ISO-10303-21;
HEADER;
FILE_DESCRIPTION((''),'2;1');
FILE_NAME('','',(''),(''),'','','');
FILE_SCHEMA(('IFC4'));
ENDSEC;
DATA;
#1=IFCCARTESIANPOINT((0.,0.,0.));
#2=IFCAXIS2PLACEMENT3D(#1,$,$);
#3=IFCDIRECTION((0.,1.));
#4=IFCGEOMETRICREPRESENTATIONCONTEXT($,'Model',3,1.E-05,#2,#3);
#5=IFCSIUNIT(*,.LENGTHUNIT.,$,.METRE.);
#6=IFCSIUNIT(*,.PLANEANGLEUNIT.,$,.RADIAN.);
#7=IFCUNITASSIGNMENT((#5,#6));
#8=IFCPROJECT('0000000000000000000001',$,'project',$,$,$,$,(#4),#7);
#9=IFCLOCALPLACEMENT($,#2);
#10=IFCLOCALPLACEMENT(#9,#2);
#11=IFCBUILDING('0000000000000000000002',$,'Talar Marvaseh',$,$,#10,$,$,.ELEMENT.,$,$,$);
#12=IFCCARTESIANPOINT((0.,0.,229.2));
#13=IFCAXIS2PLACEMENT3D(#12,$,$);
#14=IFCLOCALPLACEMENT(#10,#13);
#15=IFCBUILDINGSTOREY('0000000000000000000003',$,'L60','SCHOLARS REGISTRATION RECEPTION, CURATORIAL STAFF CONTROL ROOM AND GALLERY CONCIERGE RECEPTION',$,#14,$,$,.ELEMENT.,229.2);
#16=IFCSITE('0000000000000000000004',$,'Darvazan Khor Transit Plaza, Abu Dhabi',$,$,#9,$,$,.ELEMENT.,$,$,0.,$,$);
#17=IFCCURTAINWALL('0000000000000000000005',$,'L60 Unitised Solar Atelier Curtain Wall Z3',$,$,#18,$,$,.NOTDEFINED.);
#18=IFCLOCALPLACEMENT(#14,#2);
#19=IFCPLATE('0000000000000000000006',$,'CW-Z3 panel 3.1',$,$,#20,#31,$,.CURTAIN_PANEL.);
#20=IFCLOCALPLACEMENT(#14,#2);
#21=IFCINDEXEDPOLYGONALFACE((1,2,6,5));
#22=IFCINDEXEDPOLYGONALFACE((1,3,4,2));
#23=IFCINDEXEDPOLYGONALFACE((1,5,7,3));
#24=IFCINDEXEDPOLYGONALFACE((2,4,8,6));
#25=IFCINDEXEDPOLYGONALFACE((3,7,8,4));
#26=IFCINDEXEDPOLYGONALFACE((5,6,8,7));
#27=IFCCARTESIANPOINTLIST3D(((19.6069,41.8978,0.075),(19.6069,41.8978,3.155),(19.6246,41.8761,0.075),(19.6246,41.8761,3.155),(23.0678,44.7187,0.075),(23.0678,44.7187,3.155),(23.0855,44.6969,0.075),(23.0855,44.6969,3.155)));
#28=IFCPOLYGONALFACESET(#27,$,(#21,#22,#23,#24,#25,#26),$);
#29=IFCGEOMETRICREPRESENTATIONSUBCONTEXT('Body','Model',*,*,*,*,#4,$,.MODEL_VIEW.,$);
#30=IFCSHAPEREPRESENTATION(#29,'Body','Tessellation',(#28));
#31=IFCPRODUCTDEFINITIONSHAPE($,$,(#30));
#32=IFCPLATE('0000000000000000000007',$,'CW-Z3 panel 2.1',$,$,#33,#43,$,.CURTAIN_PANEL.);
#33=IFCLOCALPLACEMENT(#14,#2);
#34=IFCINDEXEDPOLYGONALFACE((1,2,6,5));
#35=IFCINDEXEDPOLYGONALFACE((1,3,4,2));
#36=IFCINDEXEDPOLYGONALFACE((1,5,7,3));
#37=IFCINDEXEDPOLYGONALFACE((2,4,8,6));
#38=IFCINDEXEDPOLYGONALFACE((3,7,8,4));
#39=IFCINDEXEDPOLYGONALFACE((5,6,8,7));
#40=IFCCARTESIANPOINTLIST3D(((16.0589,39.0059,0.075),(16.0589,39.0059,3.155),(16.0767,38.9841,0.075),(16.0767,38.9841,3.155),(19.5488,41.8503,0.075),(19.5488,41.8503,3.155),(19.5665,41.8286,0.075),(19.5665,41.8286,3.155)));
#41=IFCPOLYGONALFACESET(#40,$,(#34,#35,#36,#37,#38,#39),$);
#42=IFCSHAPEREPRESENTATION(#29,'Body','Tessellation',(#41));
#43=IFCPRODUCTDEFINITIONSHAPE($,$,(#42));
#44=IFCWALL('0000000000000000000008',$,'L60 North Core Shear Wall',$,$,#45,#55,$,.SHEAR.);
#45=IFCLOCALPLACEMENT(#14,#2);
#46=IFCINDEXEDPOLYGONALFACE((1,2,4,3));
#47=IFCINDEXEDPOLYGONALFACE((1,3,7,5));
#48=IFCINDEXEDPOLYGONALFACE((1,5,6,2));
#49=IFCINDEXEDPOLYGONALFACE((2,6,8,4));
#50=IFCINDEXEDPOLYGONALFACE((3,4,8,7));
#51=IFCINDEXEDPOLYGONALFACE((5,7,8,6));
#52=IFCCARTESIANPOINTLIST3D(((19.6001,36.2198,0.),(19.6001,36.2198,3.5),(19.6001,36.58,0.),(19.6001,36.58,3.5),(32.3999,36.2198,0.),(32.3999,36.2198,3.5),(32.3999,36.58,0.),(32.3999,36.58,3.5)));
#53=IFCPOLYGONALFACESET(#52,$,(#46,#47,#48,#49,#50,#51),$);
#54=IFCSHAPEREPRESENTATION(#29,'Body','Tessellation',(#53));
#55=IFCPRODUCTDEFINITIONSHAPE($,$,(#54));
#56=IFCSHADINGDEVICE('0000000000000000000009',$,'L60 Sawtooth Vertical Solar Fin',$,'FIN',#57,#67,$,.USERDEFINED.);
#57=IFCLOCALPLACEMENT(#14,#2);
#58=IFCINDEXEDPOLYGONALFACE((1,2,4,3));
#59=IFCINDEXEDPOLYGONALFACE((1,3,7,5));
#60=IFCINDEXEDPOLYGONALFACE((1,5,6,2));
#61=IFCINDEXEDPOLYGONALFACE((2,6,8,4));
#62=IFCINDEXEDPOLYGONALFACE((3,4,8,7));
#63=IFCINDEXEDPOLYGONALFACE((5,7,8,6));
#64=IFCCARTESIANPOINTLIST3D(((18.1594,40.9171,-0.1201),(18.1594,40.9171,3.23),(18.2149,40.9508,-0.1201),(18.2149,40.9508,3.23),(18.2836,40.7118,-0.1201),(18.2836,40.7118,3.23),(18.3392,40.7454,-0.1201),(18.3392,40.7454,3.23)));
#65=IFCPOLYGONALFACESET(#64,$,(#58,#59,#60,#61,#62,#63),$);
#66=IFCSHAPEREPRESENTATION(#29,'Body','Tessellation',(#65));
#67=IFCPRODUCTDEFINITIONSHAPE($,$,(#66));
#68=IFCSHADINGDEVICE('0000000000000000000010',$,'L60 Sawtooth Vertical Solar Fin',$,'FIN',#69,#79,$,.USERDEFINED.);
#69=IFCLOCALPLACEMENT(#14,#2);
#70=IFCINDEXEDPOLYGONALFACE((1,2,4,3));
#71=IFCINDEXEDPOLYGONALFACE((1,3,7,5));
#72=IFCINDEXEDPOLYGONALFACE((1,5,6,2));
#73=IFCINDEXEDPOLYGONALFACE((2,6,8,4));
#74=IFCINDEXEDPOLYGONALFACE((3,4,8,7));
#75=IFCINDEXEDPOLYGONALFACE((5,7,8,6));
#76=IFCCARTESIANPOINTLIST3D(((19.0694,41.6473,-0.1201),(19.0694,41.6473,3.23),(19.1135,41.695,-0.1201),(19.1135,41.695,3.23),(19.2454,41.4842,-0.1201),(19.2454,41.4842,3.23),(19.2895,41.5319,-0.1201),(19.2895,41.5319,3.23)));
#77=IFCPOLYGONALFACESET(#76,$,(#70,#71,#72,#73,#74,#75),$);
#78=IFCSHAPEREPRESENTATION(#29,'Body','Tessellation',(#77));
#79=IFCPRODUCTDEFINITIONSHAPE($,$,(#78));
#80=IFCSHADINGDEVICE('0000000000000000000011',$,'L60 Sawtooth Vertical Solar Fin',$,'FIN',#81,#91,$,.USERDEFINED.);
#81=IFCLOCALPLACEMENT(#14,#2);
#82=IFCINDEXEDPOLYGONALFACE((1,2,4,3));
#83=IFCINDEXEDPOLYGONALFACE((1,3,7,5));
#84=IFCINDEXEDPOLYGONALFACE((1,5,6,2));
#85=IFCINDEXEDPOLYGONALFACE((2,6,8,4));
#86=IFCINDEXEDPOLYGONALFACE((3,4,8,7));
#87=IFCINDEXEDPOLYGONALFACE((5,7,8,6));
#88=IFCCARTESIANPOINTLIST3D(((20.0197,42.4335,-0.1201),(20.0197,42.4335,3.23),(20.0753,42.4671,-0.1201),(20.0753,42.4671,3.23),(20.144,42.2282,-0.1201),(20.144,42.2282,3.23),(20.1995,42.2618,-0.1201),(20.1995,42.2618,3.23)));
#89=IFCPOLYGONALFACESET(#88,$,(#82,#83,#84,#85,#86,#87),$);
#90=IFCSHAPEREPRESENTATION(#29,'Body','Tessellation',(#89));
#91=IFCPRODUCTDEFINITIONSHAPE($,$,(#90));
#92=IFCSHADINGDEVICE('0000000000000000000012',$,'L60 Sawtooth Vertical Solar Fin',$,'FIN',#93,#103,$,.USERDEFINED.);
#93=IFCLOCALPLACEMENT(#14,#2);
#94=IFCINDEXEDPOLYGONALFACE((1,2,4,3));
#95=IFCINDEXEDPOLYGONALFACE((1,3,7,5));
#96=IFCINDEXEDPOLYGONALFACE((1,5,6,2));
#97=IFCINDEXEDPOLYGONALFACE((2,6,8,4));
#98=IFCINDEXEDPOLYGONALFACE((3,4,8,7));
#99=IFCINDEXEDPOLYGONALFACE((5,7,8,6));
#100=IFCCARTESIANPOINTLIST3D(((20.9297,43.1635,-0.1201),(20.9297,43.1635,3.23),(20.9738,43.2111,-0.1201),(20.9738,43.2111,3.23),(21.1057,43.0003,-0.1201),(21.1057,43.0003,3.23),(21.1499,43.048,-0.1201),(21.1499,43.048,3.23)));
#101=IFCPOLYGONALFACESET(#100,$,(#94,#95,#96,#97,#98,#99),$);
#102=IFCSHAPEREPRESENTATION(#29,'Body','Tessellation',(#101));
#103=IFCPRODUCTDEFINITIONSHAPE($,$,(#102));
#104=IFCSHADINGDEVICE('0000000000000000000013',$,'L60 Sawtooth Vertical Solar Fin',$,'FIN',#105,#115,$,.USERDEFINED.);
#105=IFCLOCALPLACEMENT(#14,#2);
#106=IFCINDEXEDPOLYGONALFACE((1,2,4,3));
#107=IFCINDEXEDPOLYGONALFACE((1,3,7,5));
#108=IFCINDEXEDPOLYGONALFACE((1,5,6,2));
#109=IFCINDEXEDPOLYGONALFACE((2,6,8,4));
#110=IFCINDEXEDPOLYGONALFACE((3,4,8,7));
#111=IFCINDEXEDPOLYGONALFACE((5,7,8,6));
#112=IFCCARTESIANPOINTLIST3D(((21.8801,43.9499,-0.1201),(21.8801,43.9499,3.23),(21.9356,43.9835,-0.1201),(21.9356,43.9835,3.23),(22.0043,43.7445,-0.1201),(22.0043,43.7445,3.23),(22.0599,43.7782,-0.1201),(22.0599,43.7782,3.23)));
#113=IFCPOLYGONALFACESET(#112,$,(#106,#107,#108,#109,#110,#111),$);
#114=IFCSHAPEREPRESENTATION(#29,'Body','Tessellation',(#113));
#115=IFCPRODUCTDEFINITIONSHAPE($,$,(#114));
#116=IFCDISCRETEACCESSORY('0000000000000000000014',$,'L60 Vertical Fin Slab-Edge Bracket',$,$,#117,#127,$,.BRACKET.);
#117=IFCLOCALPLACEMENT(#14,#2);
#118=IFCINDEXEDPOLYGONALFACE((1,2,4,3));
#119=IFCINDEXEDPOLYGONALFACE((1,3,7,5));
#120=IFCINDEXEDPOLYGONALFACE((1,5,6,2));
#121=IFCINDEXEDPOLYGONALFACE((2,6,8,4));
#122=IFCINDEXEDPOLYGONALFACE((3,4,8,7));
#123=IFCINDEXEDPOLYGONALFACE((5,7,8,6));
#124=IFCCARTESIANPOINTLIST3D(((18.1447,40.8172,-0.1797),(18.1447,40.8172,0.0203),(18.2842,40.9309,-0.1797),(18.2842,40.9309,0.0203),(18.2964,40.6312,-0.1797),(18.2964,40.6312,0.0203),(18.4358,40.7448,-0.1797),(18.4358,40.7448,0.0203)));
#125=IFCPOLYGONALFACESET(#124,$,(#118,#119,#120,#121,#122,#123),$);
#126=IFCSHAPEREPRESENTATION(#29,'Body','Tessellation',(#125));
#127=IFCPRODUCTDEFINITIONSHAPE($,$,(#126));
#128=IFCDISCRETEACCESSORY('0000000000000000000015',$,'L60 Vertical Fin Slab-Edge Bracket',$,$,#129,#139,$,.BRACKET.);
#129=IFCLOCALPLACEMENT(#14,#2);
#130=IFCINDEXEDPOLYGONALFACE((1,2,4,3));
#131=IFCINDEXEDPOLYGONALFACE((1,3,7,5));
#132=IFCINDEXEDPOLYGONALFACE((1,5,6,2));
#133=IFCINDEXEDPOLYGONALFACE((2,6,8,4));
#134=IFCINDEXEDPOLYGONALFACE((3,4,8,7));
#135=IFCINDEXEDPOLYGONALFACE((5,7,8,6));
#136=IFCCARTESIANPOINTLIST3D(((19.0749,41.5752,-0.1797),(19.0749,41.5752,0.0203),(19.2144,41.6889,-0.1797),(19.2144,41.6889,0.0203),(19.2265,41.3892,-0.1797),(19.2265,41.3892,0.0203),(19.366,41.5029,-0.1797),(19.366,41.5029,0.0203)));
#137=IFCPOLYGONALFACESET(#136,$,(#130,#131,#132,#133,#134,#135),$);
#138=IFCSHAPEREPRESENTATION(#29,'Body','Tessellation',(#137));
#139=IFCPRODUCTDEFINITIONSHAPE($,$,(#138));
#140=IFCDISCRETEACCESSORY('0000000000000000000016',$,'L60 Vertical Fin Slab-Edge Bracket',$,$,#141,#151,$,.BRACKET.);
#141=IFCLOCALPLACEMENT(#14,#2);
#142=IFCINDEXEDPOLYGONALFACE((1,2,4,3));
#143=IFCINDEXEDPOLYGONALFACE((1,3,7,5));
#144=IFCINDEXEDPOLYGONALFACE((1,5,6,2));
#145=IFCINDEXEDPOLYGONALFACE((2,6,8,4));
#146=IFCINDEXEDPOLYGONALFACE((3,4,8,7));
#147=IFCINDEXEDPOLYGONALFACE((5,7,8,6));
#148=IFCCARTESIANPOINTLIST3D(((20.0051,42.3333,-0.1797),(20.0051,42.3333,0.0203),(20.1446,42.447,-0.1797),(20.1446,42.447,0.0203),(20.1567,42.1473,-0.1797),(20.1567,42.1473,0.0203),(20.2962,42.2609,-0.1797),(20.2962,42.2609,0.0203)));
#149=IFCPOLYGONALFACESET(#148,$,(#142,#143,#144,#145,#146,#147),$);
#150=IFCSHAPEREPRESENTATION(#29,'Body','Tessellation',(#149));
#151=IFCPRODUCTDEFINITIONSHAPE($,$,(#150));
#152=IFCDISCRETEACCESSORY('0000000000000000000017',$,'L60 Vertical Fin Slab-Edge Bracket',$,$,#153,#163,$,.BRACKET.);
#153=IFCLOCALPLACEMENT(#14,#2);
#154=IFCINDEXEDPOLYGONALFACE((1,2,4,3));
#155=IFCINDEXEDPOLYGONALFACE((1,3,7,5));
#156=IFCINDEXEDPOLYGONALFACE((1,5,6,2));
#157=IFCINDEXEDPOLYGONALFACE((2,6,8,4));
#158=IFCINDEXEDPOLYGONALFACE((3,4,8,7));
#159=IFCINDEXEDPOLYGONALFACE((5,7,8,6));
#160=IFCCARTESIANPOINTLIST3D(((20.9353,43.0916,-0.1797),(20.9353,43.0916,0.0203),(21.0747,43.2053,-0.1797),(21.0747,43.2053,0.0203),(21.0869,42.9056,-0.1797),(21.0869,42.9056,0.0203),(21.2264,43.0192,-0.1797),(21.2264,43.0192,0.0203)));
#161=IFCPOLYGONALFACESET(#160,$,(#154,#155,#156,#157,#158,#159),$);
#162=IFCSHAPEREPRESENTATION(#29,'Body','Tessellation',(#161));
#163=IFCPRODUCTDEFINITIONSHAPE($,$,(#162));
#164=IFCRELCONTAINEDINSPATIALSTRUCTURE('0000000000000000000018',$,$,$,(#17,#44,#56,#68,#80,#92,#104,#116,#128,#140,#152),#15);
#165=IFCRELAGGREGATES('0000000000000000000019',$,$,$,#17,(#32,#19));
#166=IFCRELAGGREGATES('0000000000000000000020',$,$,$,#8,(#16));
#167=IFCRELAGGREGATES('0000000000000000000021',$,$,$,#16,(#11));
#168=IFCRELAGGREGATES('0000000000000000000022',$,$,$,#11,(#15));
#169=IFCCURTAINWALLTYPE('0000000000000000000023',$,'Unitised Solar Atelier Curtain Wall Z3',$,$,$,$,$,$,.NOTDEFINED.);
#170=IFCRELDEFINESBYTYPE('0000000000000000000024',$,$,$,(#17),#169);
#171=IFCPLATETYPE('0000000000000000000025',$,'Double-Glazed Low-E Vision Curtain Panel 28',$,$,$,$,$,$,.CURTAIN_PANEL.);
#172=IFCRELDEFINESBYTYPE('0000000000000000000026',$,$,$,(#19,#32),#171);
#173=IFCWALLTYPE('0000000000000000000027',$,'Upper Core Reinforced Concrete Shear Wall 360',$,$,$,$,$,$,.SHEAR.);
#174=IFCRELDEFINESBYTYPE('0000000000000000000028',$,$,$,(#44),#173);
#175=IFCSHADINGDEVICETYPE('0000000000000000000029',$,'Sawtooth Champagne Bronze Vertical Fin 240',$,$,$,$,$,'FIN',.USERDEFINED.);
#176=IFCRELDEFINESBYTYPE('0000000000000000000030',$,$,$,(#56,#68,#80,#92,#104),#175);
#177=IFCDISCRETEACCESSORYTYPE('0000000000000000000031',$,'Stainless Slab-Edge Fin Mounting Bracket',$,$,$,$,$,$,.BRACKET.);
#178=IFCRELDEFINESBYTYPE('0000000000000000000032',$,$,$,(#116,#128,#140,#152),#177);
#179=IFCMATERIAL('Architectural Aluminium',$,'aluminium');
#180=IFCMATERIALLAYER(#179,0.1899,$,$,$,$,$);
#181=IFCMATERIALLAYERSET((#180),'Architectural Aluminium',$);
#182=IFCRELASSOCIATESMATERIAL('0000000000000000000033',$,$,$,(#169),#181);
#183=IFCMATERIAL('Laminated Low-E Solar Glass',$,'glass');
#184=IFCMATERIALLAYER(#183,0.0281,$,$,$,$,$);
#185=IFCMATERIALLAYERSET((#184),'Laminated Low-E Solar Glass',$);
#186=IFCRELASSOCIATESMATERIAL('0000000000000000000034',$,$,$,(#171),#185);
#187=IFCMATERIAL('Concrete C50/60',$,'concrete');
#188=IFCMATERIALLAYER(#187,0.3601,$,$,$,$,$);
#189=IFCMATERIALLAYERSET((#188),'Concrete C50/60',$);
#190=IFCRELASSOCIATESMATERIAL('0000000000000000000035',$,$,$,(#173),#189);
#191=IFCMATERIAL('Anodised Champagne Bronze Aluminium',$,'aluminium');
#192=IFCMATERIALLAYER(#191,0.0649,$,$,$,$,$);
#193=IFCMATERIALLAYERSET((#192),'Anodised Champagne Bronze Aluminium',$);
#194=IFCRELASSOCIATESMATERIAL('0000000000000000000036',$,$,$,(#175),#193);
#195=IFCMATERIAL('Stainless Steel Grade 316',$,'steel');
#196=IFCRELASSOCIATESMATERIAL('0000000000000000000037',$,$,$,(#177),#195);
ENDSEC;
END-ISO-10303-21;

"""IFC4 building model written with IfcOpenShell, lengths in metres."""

from ifc_helpers import new_model, si_unit, direction, frame, frame_2d, origin, origin_2d, place, context, subcontext, project, spatial, rectangle, extrude, source, transform, mapped, material, layer, layer_set, type_object, type_shapes, element, aggregate, save


model = new_model("IFC4")

# Units and contexts
model_context = context("Model", 3, precision=1e-05, world=origin(), true_north=direction((0.0, 1.0)))
body_context = subcontext(model_context, "Body", "Model", "MODEL_VIEW")
ifc_project = project(units=[si_unit("LENGTHUNIT", "METRE"), si_unit("PLANEANGLEUNIT", "RADIAN")], contexts=[model_context])

# Site, building, storey
site_placement = place(None, origin())
site = spatial("IfcSite", under=ifc_project, at=site_placement, Name="Darvazan Khor Transit Plaza, Abu Dhabi", CompositionType="ELEMENT", RefElevation=0.0)
building_placement = place(site_placement, origin())
building = spatial("IfcBuilding", under=site, at=building_placement, Name="Talar Marvaseh", CompositionType="ELEMENT")
storey_placement = place(building_placement, frame((0.0, 0.0, 229.2)))
storey = spatial("IfcBuildingStorey", under=building, at=storey_placement, Name="L60", Description="SCHOLARS REGISTRATION RECEPTION, CURATORIAL STAFF CONTROL ROOM AND GALLERY CONCIERGE RECEPTION", CompositionType="ELEMENT", Elevation=229.2)

# Curtain wall, plates
ifc_material_1 = material(Name="Architectural Aluminium", Category="aluminium")
ifc_layer_1 = layer(ifc_material_1, 0.1899)
ifc_layer_set_1 = layer_set([ifc_layer_1], Name="Architectural Aluminium")
curtain_wall_type = type_object("IfcCurtainWallType", Name="Unitised Solar Atelier Curtain Wall Z3", PredefinedType="NOTDEFINED", material=ifc_layer_set_1)
curtain_wall_placement = place(storey_placement, origin())
curtain_wall = element("IfcCurtainWall", 1, at=curtain_wall_placement, inside=storey, type_object=curtain_wall_type, Name="L60 Unitised Solar Atelier Curtain Wall Z3", PredefinedType="NOTDEFINED")
ifc_material_2 = material(Name="Laminated Low-E Solar Glass", Category="glass")
ifc_layer_2 = layer(ifc_material_2, 0.0281)
ifc_layer_set_2 = layer_set([ifc_layer_2], Name="Laminated Low-E Solar Glass")
plate_type = type_object("IfcPlateType", Name="Double-Glazed Low-E Vision Curtain Panel 28", PredefinedType="CURTAIN_PANEL", material=ifc_layer_set_2)
shared_shape_1 = source(origin(), body_context, "Body", "SweptSolid", [
    extrude(rectangle(XDim=4.4648, YDim=0.0281, at=origin_2d()), origin(), (0.0, 0.0, 1.0), 3.0801),
])
plate_1_placement = place(storey_placement, frame((21.3462, 43.2974, 0.075), z_axis=(0.0, 0.0, 1.0), x_axis=(0.775145, 0.631784, 0.0)))
plate_1 = element("IfcPlate", 2, at=plate_1_placement, type_object=plate_type, Name="CW-Z3 panel 3.1", PredefinedType="CURTAIN_PANEL", context=body_context, shape_type="MappedRepresentation", body=[
    mapped(shared_shape_1, transform((0.0, 0.0, 0.0), x_axis=(1.0, 0.0, 0.0), y_axis=(0.0, 1.0, 0.0), z_axis=(0.0, 0.0, 1.0), scale=1.0)),
])
shared_shape_2 = source(origin(), body_context, "Body", "SweptSolid", [
    extrude(rectangle(XDim=4.5022, YDim=0.0281, at=origin_2d()), origin(), (0.0, 0.0, 1.0), 3.0801),
])
type_shapes(plate_type, [shared_shape_1, shared_shape_2])
plate_2_placement = place(storey_placement, frame((17.8127, 40.4172, 0.075), z_axis=(0.0, 0.0, 1.0), x_axis=(0.775145, 0.631784, 0.0)))
plate_2 = element("IfcPlate", 3, at=plate_2_placement, type_object=plate_type, Name="CW-Z3 panel 2.1", PredefinedType="CURTAIN_PANEL", context=body_context, shape_type="MappedRepresentation", body=[
    mapped(shared_shape_2, transform((0.0, 0.0, 0.0), x_axis=(1.0, 0.0, 0.0), y_axis=(0.0, 1.0, 0.0), z_axis=(0.0, 0.0, 1.0), scale=1.0)),
])
aggregate(curtain_wall, [plate_2, plate_1])

# Wall
ifc_material_3 = material(Name="Concrete C50/60", Category="concrete")
ifc_layer_3 = layer(ifc_material_3, 0.3601)
ifc_layer_set_3 = layer_set([ifc_layer_3], Name="Concrete C50/60")
wall_type = type_object("IfcWallType", Name="Upper Core Reinforced Concrete Shear Wall 360", PredefinedType="SHEAR", material=ifc_layer_set_3)
wall_placement = place(storey_placement, frame((19.6001, 36.3999, 0.0), z_axis=(0.0, 0.0, 1.0), x_axis=(1.0, 0.0, 0.0)))
element("IfcWall", 4, at=wall_placement, inside=storey, type_object=wall_type, Name="L60 North Core Shear Wall", PredefinedType="SHEAR", context=body_context, shape_type="SweptSolid", body=[
    extrude(rectangle(XDim=12.7998, YDim=0.3601, at=frame_2d((6.3999, 0.0))), origin(), (0.0, 0.0, 1.0), 3.5),
])

# Shading devices
ifc_material_4 = material(Name="Anodised Champagne Bronze Aluminium", Category="aluminium")
ifc_layer_4 = layer(ifc_material_4, 0.0649)
ifc_layer_set_4 = layer_set([ifc_layer_4], Name="Anodised Champagne Bronze Aluminium")
shading_device_type = type_object("IfcShadingDeviceType", Name="Sawtooth Champagne Bronze Vertical Fin 240", ElementType="FIN", PredefinedType="USERDEFINED", material=ifc_layer_set_4)
shared_shape_3 = source(origin(), body_context, "Body", "SweptSolid", [
    extrude(rectangle(XDim=0.24, YDim=0.0649, at=origin_2d()), origin(), (0.0, 0.0, 1.0), 3.3501),
])
type_shapes(shading_device_type, [shared_shape_3])
for number, where, z_axis, x_axis, name in (
    (5, (18.2493, 40.8313, -0.1201), (0.0, 0.0, 1.0), (-0.517728, 0.855545, 0.0), "L60 Sawtooth Vertical Solar Fin"),
    (6, (19.1794, 41.5896, -0.1201), (0.0, 0.0, 1.0), (-0.733493, 0.679697, 0.0), "L60 Sawtooth Vertical Solar Fin"),
    (7, (20.1096, 42.3477, -0.1201), (0.0, 0.0, 1.0), (-0.517728, 0.855545, 0.0), "L60 Sawtooth Vertical Solar Fin"),
    (8, (21.0398, 43.1057, -0.1201), (0.0, 0.0, 1.0), (-0.733493, 0.679697, 0.0), "L60 Sawtooth Vertical Solar Fin"),
    (9, (21.97, 43.864, -0.1201), (0.0, 0.0, 1.0), (-0.517728, 0.855545, 0.0), "L60 Sawtooth Vertical Solar Fin"),
):
    element("IfcShadingDevice", number, at=place(storey_placement, frame(where, z_axis=z_axis, x_axis=x_axis)), inside=storey, type_object=shading_device_type, Name=name, ObjectType="FIN", PredefinedType="USERDEFINED", context=body_context, shape_type="MappedRepresentation", body=[
        mapped(shared_shape_3, transform((0.0, 0.0, 0.0), x_axis=(1.0, 0.0, 0.0), y_axis=(0.0, 1.0, 0.0), z_axis=(0.0, 0.0, 1.0), scale=1.0)),
    ])

# Discrete accessories
ifc_material_5 = material(Name="Stainless Steel Grade 316", Category="steel")
discrete_accessory_type = type_object("IfcDiscreteAccessoryType", Name="Stainless Slab-Edge Fin Mounting Bracket", PredefinedType="BRACKET", material=ifc_material_5)
shared_shape_4 = source(origin(), body_context, "Body", "SweptSolid", [
    extrude(rectangle(XDim=0.24, YDim=0.1799, at=origin_2d()), origin(), (0.0, 0.0, 1.0), 0.2),
])
type_shapes(discrete_accessory_type, [shared_shape_4])
for number, where, z_axis, x_axis, name in (
    (10, (18.2903, 40.781, -0.1797), (0.0, 0.0, 1.0), (-0.631759, 0.775165, 0.0), "L60 Vertical Fin Slab-Edge Bracket"),
    (11, (19.2205, 41.5391, -0.1797), (0.0, 0.0, 1.0), (-0.631759, 0.775165, 0.0), "L60 Vertical Fin Slab-Edge Bracket"),
    (12, (20.1506, 42.2971, -0.1797), (0.0, 0.0, 1.0), (-0.631759, 0.775165, 0.0), "L60 Vertical Fin Slab-Edge Bracket"),
    (13, (21.0808, 43.0554, -0.1797), (0.0, 0.0, 1.0), (-0.631759, 0.775165, 0.0), "L60 Vertical Fin Slab-Edge Bracket"),
):
    element("IfcDiscreteAccessory", number, at=place(storey_placement, frame(where, z_axis=z_axis, x_axis=x_axis)), inside=storey, type_object=discrete_accessory_type, Name=name, PredefinedType="BRACKET", context=body_context, shape_type="MappedRepresentation", body=[
        mapped(shared_shape_4, transform((0.0, 0.0, 0.0), x_axis=(1.0, 0.0, 0.0), y_axis=(0.0, 1.0, 0.0), z_axis=(0.0, 0.0, 1.0), scale=1.0)),
    ])

save(model, "model.ifc")
